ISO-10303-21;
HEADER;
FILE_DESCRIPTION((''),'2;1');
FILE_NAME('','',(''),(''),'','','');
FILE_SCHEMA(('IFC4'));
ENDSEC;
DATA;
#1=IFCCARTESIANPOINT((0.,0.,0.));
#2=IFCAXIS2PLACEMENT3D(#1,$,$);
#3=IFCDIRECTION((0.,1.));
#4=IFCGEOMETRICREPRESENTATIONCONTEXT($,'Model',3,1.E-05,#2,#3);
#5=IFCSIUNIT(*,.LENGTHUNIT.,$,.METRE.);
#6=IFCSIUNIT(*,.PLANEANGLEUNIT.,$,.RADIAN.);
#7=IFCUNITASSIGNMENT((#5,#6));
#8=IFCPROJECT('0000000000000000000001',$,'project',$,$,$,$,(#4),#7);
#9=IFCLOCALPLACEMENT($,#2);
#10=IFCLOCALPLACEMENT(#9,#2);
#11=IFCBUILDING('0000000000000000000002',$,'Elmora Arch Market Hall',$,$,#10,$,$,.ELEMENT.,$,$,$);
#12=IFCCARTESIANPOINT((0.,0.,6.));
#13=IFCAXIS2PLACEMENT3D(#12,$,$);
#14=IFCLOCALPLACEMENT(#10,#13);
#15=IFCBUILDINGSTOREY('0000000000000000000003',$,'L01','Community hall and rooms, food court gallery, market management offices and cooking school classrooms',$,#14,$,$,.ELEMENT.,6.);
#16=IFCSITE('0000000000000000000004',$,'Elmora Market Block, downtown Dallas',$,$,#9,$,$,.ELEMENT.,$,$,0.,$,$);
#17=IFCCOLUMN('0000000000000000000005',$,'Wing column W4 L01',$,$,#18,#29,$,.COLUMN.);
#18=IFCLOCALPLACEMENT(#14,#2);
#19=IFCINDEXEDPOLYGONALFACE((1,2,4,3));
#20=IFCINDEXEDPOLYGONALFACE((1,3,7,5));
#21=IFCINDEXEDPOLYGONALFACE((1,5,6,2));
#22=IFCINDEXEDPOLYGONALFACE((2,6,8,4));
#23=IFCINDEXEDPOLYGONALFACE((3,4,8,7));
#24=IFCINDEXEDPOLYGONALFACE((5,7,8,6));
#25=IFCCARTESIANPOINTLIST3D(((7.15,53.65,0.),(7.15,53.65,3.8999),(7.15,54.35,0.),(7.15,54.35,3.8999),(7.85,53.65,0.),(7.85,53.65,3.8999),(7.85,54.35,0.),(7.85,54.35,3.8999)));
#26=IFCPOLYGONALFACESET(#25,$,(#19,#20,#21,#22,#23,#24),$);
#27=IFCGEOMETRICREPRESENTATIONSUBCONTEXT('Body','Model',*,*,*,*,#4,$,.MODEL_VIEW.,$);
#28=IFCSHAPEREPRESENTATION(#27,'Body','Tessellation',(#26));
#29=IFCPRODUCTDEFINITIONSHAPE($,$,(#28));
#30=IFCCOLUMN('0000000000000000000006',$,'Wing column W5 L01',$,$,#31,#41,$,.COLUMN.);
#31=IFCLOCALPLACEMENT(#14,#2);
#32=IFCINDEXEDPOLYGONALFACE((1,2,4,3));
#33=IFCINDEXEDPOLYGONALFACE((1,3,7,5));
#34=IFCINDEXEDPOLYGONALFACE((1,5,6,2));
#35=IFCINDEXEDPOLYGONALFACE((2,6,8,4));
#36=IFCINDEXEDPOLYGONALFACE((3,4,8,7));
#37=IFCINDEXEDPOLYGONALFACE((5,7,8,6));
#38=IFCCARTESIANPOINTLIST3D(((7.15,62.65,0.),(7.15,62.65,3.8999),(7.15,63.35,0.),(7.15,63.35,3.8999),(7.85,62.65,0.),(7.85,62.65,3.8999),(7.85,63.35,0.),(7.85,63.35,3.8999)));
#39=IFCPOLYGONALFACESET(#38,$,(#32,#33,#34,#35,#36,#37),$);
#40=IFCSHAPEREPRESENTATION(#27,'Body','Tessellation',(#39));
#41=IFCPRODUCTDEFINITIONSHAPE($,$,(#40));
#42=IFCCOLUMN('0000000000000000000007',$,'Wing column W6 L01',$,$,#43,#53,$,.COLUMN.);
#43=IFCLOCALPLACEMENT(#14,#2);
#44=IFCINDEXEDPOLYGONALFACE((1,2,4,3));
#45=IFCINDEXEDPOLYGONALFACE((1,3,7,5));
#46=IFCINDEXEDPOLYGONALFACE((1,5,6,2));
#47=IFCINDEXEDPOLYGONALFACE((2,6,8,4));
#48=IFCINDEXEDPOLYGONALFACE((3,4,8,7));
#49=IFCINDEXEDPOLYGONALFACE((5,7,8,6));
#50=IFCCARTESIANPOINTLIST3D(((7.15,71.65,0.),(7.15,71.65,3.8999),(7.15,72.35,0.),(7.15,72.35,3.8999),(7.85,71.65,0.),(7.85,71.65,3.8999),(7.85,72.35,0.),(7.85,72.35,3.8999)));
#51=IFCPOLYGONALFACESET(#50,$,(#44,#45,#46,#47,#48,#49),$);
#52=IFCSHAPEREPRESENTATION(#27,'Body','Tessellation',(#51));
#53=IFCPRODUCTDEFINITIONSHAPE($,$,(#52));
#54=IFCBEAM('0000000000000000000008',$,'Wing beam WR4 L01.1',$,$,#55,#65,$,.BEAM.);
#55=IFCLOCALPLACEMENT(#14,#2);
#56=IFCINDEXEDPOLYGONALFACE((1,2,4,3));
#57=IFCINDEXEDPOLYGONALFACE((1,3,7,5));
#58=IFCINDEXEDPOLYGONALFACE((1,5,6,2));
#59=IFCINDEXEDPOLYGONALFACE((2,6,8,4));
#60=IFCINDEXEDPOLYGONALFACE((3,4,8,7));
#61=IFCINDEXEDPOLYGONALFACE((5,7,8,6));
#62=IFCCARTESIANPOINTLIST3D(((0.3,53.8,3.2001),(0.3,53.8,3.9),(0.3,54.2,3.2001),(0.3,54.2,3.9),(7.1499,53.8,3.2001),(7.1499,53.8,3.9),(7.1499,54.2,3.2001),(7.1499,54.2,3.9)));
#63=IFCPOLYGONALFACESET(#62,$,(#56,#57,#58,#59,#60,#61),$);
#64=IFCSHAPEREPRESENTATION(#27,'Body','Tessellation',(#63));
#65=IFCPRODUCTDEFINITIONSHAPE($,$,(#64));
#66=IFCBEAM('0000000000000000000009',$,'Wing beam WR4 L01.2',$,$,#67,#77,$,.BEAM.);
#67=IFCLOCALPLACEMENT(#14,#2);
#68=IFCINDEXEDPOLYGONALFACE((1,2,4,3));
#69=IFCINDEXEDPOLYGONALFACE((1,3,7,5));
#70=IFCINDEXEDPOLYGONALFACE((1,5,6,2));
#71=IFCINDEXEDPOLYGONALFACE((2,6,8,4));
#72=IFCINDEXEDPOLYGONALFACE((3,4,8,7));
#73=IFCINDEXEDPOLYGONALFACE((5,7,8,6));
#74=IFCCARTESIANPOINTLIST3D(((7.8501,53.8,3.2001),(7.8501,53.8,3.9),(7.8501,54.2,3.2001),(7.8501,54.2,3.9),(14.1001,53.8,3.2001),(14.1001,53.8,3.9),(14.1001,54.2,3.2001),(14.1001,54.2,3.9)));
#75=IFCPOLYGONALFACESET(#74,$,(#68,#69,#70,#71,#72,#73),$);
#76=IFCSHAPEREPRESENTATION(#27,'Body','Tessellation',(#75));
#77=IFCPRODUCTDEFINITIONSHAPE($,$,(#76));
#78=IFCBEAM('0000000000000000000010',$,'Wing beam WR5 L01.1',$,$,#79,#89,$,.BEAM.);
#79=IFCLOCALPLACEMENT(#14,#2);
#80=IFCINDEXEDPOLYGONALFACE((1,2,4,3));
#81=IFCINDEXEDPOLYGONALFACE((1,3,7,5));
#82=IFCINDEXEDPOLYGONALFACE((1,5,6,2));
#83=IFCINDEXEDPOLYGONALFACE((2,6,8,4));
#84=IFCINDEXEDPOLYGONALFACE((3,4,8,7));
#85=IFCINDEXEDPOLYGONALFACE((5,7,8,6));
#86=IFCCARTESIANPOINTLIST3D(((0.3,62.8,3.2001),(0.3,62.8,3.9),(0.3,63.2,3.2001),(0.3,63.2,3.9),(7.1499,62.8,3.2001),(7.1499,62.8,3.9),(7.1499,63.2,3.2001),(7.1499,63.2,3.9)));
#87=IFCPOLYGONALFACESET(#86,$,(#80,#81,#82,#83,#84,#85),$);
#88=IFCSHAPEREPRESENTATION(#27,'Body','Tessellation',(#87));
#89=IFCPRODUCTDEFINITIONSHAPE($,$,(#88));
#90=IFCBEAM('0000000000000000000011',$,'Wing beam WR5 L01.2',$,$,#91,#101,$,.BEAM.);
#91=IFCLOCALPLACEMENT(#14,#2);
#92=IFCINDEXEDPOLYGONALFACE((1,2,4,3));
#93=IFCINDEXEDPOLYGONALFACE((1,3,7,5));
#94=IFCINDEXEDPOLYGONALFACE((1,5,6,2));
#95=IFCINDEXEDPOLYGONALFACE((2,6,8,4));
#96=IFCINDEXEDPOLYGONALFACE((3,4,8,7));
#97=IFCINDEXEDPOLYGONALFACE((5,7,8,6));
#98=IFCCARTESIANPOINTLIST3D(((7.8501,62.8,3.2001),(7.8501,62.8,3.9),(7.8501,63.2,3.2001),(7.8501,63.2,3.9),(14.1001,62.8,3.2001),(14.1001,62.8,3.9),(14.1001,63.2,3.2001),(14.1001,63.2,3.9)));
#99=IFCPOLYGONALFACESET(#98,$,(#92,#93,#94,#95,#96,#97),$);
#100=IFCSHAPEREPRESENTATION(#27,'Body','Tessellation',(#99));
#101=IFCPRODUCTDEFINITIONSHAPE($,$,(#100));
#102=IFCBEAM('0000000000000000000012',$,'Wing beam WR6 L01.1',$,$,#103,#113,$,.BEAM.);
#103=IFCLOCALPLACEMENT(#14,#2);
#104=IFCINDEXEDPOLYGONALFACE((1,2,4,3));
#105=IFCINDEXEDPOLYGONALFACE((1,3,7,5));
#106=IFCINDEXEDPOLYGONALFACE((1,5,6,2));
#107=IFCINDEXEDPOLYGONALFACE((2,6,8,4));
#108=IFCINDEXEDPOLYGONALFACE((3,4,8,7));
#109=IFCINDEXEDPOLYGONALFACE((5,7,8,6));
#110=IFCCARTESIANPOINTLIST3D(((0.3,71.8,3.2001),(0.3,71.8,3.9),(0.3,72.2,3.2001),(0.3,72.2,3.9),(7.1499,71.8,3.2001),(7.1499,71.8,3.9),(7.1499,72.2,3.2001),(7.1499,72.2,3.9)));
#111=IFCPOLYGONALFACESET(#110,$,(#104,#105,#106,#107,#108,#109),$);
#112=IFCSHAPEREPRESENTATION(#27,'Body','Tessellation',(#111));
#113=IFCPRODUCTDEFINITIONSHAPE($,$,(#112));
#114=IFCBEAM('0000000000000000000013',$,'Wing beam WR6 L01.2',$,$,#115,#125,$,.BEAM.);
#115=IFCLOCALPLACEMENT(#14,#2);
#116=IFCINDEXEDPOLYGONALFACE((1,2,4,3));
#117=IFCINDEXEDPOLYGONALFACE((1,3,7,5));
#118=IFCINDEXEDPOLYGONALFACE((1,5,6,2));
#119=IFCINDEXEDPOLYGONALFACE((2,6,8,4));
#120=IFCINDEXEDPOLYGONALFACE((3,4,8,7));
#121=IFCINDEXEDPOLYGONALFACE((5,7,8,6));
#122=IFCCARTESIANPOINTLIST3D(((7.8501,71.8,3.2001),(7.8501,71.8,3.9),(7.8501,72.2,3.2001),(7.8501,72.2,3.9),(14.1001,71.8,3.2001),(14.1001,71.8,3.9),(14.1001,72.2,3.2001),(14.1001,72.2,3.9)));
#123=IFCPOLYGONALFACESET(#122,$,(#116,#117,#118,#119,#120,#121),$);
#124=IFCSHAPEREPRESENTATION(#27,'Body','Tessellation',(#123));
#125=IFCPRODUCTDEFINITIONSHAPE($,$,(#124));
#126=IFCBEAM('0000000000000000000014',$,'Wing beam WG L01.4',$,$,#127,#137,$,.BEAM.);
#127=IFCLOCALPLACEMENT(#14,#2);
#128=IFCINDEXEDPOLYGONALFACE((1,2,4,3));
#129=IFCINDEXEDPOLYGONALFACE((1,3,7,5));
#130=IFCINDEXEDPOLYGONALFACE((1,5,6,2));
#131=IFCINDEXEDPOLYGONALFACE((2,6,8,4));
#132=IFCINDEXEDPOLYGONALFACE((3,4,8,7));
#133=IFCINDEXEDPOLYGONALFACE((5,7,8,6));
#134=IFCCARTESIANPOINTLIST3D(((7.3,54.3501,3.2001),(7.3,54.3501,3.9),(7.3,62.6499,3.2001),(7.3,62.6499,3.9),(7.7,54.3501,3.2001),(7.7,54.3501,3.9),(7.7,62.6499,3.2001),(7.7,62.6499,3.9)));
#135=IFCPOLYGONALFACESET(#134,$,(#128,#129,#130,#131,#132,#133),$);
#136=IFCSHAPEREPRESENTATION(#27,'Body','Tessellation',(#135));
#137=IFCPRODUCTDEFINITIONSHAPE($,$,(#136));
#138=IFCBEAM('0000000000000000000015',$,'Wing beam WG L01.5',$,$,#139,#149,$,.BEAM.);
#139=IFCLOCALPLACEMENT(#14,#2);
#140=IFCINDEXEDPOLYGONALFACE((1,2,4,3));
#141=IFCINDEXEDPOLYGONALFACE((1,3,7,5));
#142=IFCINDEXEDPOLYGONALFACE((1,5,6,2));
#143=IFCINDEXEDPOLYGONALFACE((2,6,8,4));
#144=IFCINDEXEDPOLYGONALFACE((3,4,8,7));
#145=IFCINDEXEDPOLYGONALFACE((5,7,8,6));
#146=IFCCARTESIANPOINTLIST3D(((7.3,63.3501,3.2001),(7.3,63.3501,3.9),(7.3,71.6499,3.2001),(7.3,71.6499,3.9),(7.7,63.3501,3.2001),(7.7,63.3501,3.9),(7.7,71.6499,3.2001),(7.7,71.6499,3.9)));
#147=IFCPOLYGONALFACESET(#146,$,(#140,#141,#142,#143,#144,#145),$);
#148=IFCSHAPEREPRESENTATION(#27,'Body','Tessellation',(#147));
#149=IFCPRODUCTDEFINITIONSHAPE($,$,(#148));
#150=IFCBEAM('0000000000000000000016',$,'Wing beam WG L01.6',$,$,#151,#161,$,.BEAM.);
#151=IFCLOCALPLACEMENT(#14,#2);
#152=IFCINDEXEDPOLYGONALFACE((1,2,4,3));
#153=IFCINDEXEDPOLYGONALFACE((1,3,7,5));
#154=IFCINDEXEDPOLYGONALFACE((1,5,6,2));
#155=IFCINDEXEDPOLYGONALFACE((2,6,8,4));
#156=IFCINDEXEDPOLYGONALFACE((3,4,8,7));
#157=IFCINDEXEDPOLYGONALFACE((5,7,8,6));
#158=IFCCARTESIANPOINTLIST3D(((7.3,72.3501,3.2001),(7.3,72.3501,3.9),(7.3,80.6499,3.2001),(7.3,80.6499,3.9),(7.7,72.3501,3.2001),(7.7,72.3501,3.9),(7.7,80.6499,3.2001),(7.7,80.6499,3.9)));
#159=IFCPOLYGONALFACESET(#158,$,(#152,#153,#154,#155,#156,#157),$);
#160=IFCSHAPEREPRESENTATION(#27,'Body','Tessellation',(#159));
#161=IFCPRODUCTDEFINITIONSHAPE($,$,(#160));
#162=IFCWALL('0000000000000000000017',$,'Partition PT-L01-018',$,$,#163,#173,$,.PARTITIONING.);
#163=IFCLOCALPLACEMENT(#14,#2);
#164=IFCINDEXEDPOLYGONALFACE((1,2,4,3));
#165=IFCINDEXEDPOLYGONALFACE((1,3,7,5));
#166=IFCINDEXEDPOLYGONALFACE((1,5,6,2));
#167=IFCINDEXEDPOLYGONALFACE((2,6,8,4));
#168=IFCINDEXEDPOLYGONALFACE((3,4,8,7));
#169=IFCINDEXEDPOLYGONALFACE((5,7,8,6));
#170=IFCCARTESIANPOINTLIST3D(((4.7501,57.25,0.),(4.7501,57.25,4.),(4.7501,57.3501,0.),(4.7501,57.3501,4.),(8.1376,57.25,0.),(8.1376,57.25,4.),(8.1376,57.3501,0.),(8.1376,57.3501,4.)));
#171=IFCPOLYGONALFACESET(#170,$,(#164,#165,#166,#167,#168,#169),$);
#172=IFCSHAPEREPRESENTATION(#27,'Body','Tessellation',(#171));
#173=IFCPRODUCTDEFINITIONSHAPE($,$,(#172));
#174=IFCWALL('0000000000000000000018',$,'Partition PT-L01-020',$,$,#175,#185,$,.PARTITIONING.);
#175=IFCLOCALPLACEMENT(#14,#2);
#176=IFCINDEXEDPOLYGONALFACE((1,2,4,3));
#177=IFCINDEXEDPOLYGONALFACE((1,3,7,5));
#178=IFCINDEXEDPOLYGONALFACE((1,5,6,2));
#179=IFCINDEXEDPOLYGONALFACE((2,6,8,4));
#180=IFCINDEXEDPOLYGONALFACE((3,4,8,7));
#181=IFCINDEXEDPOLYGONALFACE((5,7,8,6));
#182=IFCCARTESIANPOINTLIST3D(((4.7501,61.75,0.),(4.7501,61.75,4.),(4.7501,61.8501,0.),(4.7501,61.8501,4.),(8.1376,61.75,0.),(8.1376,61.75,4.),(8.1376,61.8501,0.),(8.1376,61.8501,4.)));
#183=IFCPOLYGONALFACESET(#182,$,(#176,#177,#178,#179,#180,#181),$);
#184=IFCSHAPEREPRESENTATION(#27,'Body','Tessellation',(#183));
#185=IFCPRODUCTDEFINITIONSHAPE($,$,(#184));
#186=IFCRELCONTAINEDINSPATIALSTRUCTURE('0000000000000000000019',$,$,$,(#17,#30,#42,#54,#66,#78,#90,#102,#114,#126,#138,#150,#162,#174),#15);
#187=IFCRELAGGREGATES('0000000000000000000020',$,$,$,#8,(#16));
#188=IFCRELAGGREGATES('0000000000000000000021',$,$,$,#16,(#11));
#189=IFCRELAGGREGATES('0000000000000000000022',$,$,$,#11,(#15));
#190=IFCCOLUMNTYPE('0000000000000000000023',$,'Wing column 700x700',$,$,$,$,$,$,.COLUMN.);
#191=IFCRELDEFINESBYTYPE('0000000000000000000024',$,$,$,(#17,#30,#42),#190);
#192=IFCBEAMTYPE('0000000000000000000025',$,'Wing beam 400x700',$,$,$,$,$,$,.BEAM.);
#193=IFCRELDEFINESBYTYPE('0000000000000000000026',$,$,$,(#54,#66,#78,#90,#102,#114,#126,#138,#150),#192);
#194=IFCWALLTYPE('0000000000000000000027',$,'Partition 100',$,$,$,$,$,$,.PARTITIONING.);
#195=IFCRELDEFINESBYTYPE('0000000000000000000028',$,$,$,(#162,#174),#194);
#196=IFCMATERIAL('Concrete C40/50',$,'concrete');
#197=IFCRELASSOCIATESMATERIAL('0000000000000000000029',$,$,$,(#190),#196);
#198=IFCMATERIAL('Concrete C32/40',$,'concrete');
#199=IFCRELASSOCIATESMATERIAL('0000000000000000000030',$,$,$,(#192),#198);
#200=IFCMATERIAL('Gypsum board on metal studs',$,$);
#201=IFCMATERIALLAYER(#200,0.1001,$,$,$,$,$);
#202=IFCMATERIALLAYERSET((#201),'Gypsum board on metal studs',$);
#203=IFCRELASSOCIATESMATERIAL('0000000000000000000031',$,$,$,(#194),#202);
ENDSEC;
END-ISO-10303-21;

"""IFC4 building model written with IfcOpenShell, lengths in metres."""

from ifc_helpers import new_model, si_unit, direction, frame, frame_2d, origin, origin_2d, place, context, subcontext, project, spatial, rectangle, extrude, material, layer, layer_set, material_profile, profile_set, type_object, element, save


model = new_model("IFC4")

# Units and contexts
model_context = context("Model", 3, precision=1e-05, world=origin(), true_north=direction((0.0, 1.0)))
body_context = subcontext(model_context, "Body", "Model", "MODEL_VIEW")
ifc_project = project(units=[si_unit("LENGTHUNIT", "METRE"), si_unit("PLANEANGLEUNIT", "RADIAN")], contexts=[model_context])

# Site, building, storey
site_placement = place(None, origin())
site = spatial("IfcSite", under=ifc_project, at=site_placement, Name="Elmora Market Block, downtown Dallas", CompositionType="ELEMENT", RefElevation=0.0)
building_placement = place(site_placement, origin())
building = spatial("IfcBuilding", under=site, at=building_placement, Name="Elmora Arch Market Hall", CompositionType="ELEMENT")
storey_placement = place(building_placement, frame((0.0, 0.0, 6.0)))
storey = spatial("IfcBuildingStorey", under=building, at=storey_placement, Name="L01", Description="Community hall and rooms, food court gallery, market management offices and cooking school classrooms", CompositionType="ELEMENT", Elevation=6.0)

# Columns
ifc_material_1 = material(Name="Concrete C40/50", Category="concrete")
ifc_material_profile_1 = material_profile(ifc_material_1, rectangle(XDim=0.7, YDim=0.7, at=origin_2d()), Name="Wing column 700x700")
ifc_profile_set_1 = profile_set([ifc_material_profile_1], Name="Concrete C40/50")
column_type = type_object("IfcColumnType", Name="Wing column 700x700", PredefinedType="COLUMN", material=ifc_profile_set_1)
for number, where, z_axis, x_axis, name in (
    (1, (7.5, 54.0, 0.0), (0.0, 0.0, 1.0), (1.0, 0.0, 0.0), "Wing column W4 L01"),
    (2, (7.5, 63.0, 0.0), (0.0, 0.0, 1.0), (1.0, 0.0, 0.0), "Wing column W5 L01"),
    (3, (7.5, 72.0, 0.0), (0.0, 0.0, 1.0), (1.0, 0.0, 0.0), "Wing column W6 L01"),
):
    element("IfcColumn", number, at=place(storey_placement, frame(where, z_axis=z_axis, x_axis=x_axis)), inside=storey, type_object=column_type, Name=name, PredefinedType="COLUMN", context=body_context, shape_type="SweptSolid", body=[
        extrude(rectangle(XDim=0.7, YDim=0.7, at=origin_2d()), origin(), (0.0, 0.0, 1.0), 3.8999),
    ])

# Beams
ifc_material_2 = material(Name="Concrete C32/40", Category="concrete")
ifc_material_profile_2 = material_profile(ifc_material_2, rectangle(XDim=0.3999, YDim=0.7, at=origin_2d()), Name="Wing beam 400x700")
ifc_profile_set_2 = profile_set([ifc_material_profile_2], Name="Concrete C32/40")
beam_type = type_object("IfcBeamType", Name="Wing beam 400x700", PredefinedType="BEAM", material=ifc_profile_set_2)
beam_1_placement = place(storey_placement, frame((0.3, 54.0, 3.55), z_axis=(1.0, 0.0, 0.0), x_axis=(0.0, 1.0, 0.0)))
element("IfcBeam", 4, at=beam_1_placement, inside=storey, type_object=beam_type, Name="Wing beam WR4 L01.1", PredefinedType="BEAM", context=body_context, shape_type="SweptSolid", body=[
    extrude(rectangle(XDim=0.3999, YDim=0.7, at=origin_2d()), origin(), (0.0, 0.0, 1.0), 6.8499),
])
beam_2_placement = place(storey_placement, frame((7.8501, 54.0, 3.55), z_axis=(1.0, 0.0, 0.0), x_axis=(0.0, 1.0, 0.0)))
element("IfcBeam", 5, at=beam_2_placement, inside=storey, type_object=beam_type, Name="Wing beam WR4 L01.2", PredefinedType="BEAM", context=body_context, shape_type="SweptSolid", body=[
    extrude(rectangle(XDim=0.3999, YDim=0.7, at=origin_2d()), origin(), (0.0, 0.0, 1.0), 6.25),
])
beam_3_placement = place(storey_placement, frame((0.3, 63.0, 3.55), z_axis=(1.0, 0.0, 0.0), x_axis=(0.0, 1.0, 0.0)))
element("IfcBeam", 6, at=beam_3_placement, inside=storey, type_object=beam_type, Name="Wing beam WR5 L01.1", PredefinedType="BEAM", context=body_context, shape_type="SweptSolid", body=[
    extrude(rectangle(XDim=0.3999, YDim=0.7, at=origin_2d()), origin(), (0.0, 0.0, 1.0), 6.8499),
])
beam_4_placement = place(storey_placement, frame((7.8501, 63.0, 3.55), z_axis=(1.0, 0.0, 0.0), x_axis=(0.0, 1.0, 0.0)))
element("IfcBeam", 7, at=beam_4_placement, inside=storey, type_object=beam_type, Name="Wing beam WR5 L01.2", PredefinedType="BEAM", context=body_context, shape_type="SweptSolid", body=[
    extrude(rectangle(XDim=0.3999, YDim=0.7, at=origin_2d()), origin(), (0.0, 0.0, 1.0), 6.25),
])
beam_5_placement = place(storey_placement, frame((0.3, 72.0, 3.55), z_axis=(1.0, 0.0, 0.0), x_axis=(0.0, 1.0, 0.0)))
element("IfcBeam", 8, at=beam_5_placement, inside=storey, type_object=beam_type, Name="Wing beam WR6 L01.1", PredefinedType="BEAM", context=body_context, shape_type="SweptSolid", body=[
    extrude(rectangle(XDim=0.3999, YDim=0.7, at=origin_2d()), origin(), (0.0, 0.0, 1.0), 6.8499),
])
beam_6_placement = place(storey_placement, frame((7.8501, 72.0, 3.55), z_axis=(1.0, 0.0, 0.0), x_axis=(0.0, 1.0, 0.0)))
element("IfcBeam", 9, at=beam_6_placement, inside=storey, type_object=beam_type, Name="Wing beam WR6 L01.2", PredefinedType="BEAM", context=body_context, shape_type="SweptSolid", body=[
    extrude(rectangle(XDim=0.3999, YDim=0.7, at=origin_2d()), origin(), (0.0, 0.0, 1.0), 6.25),
])
for number, where, z_axis, x_axis, name in (
    (10, (7.5, 54.3501, 3.55), (0.0, 1.0, 0.0), (-1.0, 0.0, 0.0), "Wing beam WG L01.4"),
    (11, (7.5, 63.3501, 3.55), (0.0, 1.0, 0.0), (-1.0, 0.0, 0.0), "Wing beam WG L01.5"),
    (12, (7.5, 72.3501, 3.55), (0.0, 1.0, 0.0), (-1.0, 0.0, 0.0), "Wing beam WG L01.6"),
):
    element("IfcBeam", number, at=place(storey_placement, frame(where, z_axis=z_axis, x_axis=x_axis)), inside=storey, type_object=beam_type, Name=name, PredefinedType="BEAM", context=body_context, shape_type="SweptSolid", body=[
        extrude(rectangle(XDim=0.3999, YDim=0.7, at=origin_2d()), origin(), (0.0, 0.0, 1.0), 8.2998),
    ])

# Walls
ifc_material_3 = material(Name="Gypsum board on metal studs")
ifc_layer_1 = layer(ifc_material_3, 0.1001)
ifc_layer_set_1 = layer_set([ifc_layer_1], Name="Gypsum board on metal studs")
wall_type_1 = type_object("IfcWallType", Name="Partition 100", PredefinedType="PARTITIONING", material=ifc_layer_set_1)
for number, where, z_axis, x_axis, name in (
    (13, (4.75, 57.3, 0.0), (0.0, 0.0, 1.0), (1.0, 0.0, 0.0), "Partition PT-L01-018"),
    (14, (4.75, 61.8, 0.0), (0.0, 0.0, 1.0), (1.0, 0.0, 0.0), "Partition PT-L01-020"),
):
    element("IfcWall", number, at=place(storey_placement, frame(where, z_axis=z_axis, x_axis=x_axis)), inside=storey, type_object=wall_type_1, Name=name, PredefinedType="PARTITIONING", context=body_context, shape_type="SweptSolid", body=[
        extrude(rectangle(XDim=3.3875, YDim=0.1001, at=frame_2d((1.6938, 0.0))), origin(), (0.0, 0.0, 1.0), 4.0),
    ])

save(model, "model.ifc")
